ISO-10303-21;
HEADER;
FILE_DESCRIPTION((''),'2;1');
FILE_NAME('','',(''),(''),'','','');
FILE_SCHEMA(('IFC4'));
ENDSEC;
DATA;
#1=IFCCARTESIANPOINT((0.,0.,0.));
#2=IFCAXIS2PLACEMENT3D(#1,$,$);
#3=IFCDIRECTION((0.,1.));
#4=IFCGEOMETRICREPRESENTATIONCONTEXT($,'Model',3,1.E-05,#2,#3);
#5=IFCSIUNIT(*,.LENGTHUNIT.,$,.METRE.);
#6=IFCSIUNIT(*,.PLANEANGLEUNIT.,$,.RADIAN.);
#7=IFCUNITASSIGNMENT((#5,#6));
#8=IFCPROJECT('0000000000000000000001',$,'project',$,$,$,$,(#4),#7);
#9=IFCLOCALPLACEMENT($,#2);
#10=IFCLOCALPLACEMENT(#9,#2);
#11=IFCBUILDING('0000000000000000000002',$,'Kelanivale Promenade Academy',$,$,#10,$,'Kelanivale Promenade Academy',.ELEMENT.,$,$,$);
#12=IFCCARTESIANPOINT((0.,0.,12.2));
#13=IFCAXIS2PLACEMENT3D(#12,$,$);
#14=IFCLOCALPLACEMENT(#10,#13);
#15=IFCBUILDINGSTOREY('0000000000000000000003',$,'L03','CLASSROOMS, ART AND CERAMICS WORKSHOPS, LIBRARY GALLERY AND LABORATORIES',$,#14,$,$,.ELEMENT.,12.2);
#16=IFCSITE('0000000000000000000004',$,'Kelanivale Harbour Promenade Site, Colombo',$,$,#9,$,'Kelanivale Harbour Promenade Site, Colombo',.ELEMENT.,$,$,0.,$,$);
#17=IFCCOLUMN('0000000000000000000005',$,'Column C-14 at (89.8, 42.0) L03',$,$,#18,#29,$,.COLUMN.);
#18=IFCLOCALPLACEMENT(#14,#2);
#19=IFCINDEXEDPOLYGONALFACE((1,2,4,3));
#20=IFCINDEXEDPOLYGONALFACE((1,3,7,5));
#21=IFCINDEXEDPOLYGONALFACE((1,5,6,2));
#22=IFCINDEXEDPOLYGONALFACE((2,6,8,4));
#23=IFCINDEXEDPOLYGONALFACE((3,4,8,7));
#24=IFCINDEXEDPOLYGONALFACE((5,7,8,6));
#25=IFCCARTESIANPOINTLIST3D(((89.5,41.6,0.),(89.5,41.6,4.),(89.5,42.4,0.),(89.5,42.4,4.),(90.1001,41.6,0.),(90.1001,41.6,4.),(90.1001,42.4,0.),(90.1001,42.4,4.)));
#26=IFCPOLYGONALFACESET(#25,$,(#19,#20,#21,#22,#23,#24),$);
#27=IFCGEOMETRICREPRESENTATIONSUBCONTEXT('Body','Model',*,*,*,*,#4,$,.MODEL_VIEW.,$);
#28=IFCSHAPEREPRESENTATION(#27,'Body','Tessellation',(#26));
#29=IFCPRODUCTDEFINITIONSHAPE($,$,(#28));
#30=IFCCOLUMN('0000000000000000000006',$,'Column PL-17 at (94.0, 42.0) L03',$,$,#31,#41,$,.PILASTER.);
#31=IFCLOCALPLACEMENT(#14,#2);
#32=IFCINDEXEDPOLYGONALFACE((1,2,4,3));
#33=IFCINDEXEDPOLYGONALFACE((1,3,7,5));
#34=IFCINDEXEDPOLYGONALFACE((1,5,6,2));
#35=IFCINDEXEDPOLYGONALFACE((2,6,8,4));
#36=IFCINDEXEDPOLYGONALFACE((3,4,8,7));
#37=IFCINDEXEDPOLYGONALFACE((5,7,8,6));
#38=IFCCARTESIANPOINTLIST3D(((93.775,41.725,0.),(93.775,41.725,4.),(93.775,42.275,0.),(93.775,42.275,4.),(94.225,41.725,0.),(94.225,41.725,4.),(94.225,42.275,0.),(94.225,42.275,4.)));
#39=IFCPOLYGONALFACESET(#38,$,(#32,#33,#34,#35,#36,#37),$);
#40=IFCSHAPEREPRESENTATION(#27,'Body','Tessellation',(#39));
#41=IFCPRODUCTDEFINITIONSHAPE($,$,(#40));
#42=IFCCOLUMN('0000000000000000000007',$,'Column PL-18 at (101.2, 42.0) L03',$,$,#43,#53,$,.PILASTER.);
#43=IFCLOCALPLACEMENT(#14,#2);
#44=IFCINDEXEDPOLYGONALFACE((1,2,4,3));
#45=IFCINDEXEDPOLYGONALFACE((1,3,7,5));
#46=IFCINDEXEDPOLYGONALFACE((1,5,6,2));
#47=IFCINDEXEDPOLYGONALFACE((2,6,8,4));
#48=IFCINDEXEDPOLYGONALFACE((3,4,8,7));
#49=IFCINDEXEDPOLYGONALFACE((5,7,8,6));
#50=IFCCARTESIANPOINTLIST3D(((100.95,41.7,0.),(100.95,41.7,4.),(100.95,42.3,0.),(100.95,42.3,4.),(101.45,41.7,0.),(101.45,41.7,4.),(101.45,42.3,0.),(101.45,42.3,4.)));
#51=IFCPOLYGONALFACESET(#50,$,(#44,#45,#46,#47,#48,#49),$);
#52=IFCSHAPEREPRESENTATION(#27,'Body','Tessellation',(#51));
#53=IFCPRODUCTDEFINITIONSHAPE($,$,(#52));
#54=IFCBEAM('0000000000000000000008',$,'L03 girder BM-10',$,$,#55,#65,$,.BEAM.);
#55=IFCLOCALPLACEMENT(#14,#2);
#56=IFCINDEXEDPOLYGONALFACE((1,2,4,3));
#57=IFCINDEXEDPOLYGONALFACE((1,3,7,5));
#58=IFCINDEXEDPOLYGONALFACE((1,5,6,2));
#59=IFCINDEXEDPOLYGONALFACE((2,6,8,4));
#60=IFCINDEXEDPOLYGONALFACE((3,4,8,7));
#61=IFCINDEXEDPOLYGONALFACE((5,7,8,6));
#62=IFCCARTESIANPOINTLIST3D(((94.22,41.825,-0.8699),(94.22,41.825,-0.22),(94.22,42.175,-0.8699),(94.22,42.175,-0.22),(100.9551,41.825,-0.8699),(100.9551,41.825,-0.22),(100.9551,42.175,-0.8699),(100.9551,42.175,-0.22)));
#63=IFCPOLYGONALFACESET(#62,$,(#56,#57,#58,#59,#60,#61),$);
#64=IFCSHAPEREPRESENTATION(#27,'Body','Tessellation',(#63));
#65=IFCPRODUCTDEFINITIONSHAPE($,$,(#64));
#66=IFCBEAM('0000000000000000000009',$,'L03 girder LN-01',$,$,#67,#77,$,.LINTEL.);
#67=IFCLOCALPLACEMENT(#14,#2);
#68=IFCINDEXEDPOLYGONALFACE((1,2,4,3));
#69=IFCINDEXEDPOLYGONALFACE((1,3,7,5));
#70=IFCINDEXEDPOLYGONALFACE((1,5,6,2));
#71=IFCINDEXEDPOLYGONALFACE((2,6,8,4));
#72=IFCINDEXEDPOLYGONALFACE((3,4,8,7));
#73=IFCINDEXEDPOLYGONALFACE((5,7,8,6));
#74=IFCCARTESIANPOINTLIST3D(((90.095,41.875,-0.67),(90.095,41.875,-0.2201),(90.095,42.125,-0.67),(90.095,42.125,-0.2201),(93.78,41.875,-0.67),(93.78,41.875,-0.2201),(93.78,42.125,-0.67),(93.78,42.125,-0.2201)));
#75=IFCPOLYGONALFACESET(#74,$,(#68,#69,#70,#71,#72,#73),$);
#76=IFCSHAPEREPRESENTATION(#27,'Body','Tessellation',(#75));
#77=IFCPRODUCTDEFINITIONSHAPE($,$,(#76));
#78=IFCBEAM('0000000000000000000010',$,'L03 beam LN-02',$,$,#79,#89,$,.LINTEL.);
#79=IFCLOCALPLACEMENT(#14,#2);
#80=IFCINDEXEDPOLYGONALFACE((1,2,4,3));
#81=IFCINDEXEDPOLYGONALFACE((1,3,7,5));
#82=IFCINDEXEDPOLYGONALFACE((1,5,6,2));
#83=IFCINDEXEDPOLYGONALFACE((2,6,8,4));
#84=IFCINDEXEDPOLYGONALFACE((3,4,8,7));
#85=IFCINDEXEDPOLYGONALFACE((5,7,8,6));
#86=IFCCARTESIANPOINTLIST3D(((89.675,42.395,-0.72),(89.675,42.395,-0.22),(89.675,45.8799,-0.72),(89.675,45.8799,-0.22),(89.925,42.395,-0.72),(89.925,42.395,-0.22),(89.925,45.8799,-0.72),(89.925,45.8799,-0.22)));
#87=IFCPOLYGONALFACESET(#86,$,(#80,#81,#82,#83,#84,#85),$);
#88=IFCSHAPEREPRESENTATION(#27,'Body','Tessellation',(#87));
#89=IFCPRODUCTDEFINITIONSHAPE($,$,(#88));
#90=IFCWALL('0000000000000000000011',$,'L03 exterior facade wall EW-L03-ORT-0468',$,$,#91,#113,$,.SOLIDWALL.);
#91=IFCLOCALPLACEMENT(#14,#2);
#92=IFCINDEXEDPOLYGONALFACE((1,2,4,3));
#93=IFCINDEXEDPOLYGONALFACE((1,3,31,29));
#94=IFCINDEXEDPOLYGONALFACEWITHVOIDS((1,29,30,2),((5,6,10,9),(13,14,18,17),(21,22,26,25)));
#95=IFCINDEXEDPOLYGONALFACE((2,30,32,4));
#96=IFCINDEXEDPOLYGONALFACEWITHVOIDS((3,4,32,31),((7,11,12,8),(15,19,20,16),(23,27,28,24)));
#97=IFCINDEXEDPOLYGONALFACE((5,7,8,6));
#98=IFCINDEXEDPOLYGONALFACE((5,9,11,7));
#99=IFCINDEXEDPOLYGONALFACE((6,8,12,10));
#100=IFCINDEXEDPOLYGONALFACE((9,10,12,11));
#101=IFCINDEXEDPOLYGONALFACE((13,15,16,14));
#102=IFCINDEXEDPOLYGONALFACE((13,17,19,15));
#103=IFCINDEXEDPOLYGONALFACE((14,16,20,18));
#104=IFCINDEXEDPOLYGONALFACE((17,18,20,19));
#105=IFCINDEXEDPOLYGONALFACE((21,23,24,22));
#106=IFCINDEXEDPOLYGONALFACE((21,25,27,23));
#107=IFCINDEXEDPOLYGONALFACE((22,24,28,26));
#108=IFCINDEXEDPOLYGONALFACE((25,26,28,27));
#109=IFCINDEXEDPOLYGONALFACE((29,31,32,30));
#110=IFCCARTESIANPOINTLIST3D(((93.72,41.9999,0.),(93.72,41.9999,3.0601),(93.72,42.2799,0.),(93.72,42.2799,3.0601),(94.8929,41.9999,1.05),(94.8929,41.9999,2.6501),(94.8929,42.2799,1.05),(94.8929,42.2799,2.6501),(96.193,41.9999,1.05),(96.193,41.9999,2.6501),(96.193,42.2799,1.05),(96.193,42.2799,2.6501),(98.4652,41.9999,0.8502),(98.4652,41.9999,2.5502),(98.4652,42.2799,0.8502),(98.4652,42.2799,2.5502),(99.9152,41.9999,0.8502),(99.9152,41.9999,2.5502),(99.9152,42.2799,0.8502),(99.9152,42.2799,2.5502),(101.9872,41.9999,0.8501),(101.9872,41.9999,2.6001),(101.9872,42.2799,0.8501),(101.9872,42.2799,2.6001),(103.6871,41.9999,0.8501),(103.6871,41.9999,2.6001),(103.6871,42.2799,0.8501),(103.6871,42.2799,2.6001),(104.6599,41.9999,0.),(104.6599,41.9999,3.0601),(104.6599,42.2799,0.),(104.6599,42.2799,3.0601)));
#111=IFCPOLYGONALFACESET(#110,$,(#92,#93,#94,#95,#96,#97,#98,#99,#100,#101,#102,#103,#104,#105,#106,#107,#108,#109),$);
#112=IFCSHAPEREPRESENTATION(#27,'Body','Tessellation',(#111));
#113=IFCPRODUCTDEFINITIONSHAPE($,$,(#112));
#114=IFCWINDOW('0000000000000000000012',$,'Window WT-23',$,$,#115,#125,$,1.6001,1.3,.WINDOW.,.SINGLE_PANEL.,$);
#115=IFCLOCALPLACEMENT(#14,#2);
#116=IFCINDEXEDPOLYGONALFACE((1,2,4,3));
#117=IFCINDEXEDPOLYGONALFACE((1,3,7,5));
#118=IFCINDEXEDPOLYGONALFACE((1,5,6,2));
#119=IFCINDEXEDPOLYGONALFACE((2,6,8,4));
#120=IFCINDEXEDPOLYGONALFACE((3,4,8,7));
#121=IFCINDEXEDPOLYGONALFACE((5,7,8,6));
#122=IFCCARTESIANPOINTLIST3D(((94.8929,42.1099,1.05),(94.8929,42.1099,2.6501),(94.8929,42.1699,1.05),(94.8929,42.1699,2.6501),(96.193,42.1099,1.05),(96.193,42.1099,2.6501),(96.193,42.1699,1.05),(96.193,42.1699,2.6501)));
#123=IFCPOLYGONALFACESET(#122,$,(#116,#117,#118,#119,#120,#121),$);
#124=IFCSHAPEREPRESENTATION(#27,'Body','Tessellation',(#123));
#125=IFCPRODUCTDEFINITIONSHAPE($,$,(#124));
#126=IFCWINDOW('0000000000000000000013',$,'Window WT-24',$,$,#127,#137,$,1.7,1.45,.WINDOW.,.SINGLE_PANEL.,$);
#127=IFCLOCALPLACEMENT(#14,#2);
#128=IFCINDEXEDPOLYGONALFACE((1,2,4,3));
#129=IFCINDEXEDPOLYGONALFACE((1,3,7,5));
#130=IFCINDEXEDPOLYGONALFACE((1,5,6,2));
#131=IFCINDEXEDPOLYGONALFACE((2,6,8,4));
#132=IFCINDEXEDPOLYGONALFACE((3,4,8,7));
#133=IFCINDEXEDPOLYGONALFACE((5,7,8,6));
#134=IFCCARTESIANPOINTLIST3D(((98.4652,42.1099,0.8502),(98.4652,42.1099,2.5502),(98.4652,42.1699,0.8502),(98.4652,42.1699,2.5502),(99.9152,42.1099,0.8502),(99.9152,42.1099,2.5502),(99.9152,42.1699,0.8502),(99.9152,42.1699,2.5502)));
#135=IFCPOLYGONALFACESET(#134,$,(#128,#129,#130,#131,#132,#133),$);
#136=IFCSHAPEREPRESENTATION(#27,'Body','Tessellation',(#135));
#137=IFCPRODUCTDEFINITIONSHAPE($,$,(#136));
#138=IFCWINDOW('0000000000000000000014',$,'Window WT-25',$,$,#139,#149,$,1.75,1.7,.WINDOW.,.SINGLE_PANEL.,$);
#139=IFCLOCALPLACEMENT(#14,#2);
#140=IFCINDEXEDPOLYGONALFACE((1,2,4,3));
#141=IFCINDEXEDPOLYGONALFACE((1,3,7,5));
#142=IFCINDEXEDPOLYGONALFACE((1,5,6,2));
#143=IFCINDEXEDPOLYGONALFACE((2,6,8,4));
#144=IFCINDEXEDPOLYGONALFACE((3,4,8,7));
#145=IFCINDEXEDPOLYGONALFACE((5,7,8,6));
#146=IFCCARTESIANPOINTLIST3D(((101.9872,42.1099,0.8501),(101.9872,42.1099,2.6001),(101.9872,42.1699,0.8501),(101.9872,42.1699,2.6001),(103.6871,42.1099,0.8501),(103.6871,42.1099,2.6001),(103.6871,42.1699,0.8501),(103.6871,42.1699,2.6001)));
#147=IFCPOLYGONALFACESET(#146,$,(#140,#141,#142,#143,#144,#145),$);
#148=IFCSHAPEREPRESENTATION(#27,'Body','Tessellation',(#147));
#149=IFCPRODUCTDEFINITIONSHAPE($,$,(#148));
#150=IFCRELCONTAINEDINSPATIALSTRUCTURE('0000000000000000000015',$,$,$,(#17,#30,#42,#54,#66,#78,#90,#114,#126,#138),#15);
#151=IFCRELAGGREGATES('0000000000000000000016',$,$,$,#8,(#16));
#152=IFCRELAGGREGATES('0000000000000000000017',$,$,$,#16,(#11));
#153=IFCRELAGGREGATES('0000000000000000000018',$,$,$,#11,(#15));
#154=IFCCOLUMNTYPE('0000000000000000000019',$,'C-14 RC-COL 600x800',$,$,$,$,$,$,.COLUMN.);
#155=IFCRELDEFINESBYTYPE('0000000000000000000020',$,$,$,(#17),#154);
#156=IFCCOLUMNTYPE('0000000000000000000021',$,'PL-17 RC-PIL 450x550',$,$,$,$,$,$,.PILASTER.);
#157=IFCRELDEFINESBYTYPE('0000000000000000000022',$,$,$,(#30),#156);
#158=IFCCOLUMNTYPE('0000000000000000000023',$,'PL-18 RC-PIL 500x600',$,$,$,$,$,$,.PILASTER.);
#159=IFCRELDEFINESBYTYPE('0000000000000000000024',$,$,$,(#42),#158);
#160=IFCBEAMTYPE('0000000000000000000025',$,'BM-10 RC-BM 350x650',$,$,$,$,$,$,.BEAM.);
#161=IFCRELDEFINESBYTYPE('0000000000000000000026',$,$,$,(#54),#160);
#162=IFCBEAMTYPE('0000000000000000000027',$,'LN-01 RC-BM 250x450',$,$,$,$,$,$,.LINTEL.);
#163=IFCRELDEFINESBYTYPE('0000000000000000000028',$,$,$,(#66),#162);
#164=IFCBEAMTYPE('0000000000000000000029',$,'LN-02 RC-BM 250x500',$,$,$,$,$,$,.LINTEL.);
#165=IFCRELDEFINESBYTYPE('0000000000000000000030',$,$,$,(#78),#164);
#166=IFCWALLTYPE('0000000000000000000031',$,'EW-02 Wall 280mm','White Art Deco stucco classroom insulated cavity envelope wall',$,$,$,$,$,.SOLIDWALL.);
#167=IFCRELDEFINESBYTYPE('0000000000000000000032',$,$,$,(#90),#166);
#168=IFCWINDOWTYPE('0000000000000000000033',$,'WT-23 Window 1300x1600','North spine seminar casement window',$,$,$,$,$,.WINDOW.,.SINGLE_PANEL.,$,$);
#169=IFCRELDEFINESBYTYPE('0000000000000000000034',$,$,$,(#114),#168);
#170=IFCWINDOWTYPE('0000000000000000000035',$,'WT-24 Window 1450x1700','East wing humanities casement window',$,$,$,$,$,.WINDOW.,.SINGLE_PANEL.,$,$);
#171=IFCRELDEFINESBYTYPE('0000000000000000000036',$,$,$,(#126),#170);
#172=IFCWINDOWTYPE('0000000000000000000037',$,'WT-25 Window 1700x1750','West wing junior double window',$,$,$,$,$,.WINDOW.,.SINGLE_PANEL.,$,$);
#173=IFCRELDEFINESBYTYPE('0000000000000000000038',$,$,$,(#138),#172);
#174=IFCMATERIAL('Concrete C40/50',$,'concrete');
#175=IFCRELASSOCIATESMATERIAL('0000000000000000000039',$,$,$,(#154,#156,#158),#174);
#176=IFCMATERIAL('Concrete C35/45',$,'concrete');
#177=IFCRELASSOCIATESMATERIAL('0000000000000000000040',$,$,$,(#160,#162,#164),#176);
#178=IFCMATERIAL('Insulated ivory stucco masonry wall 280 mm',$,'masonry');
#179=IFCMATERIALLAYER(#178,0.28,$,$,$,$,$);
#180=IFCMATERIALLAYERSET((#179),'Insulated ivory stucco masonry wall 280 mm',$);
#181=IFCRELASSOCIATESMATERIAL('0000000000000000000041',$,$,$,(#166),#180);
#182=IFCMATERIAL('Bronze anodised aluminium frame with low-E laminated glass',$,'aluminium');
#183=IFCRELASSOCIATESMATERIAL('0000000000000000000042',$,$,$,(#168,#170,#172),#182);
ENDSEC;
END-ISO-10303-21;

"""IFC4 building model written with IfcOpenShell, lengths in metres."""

from ifc_helpers import new_model, si_unit, direction, frame, frame_2d, origin, origin_2d, place, context, subcontext, project, spatial, rectangle, extrude, material, layer, layer_set, material_profile, profile_set, type_object, element, fill, save


model = new_model("IFC4")

# Units and contexts
model_context = context("Model", 3, precision=1e-05, world=origin(), true_north=direction((0.0, 1.0)))
body_context = subcontext(model_context, "Body", "Model", "MODEL_VIEW")
ifc_project = project(units=[si_unit("LENGTHUNIT", "METRE"), si_unit("PLANEANGLEUNIT", "RADIAN")], contexts=[model_context])

# Site, building, storey
site_placement = place(None, origin())
site = spatial("IfcSite", under=ifc_project, at=site_placement, Name="Kelanivale Harbour Promenade Site, Colombo", LongName="Kelanivale Harbour Promenade Site, Colombo", CompositionType="ELEMENT", RefElevation=0.0)
building_placement = place(site_placement, origin())
building = spatial("IfcBuilding", under=site, at=building_placement, Name="Kelanivale Promenade Academy", LongName="Kelanivale Promenade Academy", CompositionType="ELEMENT")
storey_placement = place(building_placement, frame((0.0, 0.0, 12.2)))
storey = spatial("IfcBuildingStorey", under=building, at=storey_placement, Name="L03", Description="CLASSROOMS, ART AND CERAMICS WORKSHOPS, LIBRARY GALLERY AND LABORATORIES", CompositionType="ELEMENT", Elevation=12.2)

# Columns
ifc_material_1 = material(Name="Concrete C40/50", Category="concrete")
ifc_material_profile_1 = material_profile(ifc_material_1, rectangle(XDim=0.6001, YDim=0.8, at=origin_2d()), Name="RC-COL 600x800")
ifc_profile_set_1 = profile_set([ifc_material_profile_1], Name="Concrete C40/50")
column_type_1 = type_object("IfcColumnType", Name="C-14 RC-COL 600x800", PredefinedType="COLUMN", material=ifc_profile_set_1)
column_1_placement = place(storey_placement, frame((89.8, 42.0, 0.0), z_axis=(0.0, 0.0, 1.0), x_axis=(1.0, 0.0, 0.0)))
element("IfcColumn", 1, at=column_1_placement, inside=storey, type_object=column_type_1, Name="Column C-14 at (89.8, 42.0) L03", PredefinedType="COLUMN", context=body_context, shape_type="SweptSolid", body=[
    extrude(rectangle(XDim=0.6001, YDim=0.8, at=origin_2d()), origin(), (0.0, 0.0, 1.0), 4.0),
])
ifc_material_profile_2 = material_profile(ifc_material_1, rectangle(XDim=0.45, YDim=0.55, at=origin_2d()), Name="RC-PIL 450x550")
ifc_profile_set_2 = profile_set([ifc_material_profile_2], Name="Concrete C40/50")
column_type_2 = type_object("IfcColumnType", Name="PL-17 RC-PIL 450x550", PredefinedType="PILASTER", material=ifc_profile_set_2)
column_2_placement = place(storey_placement, frame((94.0, 42.0, 0.0), z_axis=(0.0, 0.0, 1.0), x_axis=(1.0, 0.0, 0.0)))
element("IfcColumn", 2, at=column_2_placement, inside=storey, type_object=column_type_2, Name="Column PL-17 at (94.0, 42.0) L03", PredefinedType="PILASTER", context=body_context, shape_type="SweptSolid", body=[
    extrude(rectangle(XDim=0.45, YDim=0.55, at=origin_2d()), origin(), (0.0, 0.0, 1.0), 4.0),
])
ifc_material_profile_3 = material_profile(ifc_material_1, rectangle(XDim=0.5, YDim=0.6001, at=origin_2d()), Name="RC-PIL 500x600")
ifc_profile_set_3 = profile_set([ifc_material_profile_3], Name="Concrete C40/50")
column_type_3 = type_object("IfcColumnType", Name="PL-18 RC-PIL 500x600", PredefinedType="PILASTER", material=ifc_profile_set_3)
column_3_placement = place(storey_placement, frame((101.2, 42.0, 0.0), z_axis=(0.0, 0.0, 1.0), x_axis=(1.0, 0.0, 0.0)))
element("IfcColumn", 3, at=column_3_placement, inside=storey, type_object=column_type_3, Name="Column PL-18 at (101.2, 42.0) L03", PredefinedType="PILASTER", context=body_context, shape_type="SweptSolid", body=[
    extrude(rectangle(XDim=0.5, YDim=0.6001, at=origin_2d()), origin(), (0.0, 0.0, 1.0), 4.0),
])

# Beams
ifc_material_2 = material(Name="Concrete C35/45", Category="concrete")
ifc_material_profile_4 = material_profile(ifc_material_2, rectangle(XDim=0.3501, YDim=0.6499, at=origin_2d()), Name="RC-BM 350x650")
ifc_profile_set_4 = profile_set([ifc_material_profile_4], Name="Concrete C35/45")
beam_type_1 = type_object("IfcBeamType", Name="BM-10 RC-BM 350x650", PredefinedType="BEAM", material=ifc_profile_set_4)
beam_1_placement = place(storey_placement, frame((94.22, 42.0, -0.5449), z_axis=(1.0, 0.0, 0.0), x_axis=(0.0, 1.0, 0.0)))
element("IfcBeam", 4, at=beam_1_placement, inside=storey, type_object=beam_type_1, Name="L03 girder BM-10", PredefinedType="BEAM", context=body_context, shape_type="SweptSolid", body=[
    extrude(rectangle(XDim=0.3501, YDim=0.6499, at=origin_2d()), origin(), (0.0, 0.0, 1.0), 6.7351),
])
ifc_material_profile_5 = material_profile(ifc_material_2, rectangle(XDim=0.25, YDim=0.45, at=origin_2d()), Name="RC-BM 250x450")
ifc_profile_set_5 = profile_set([ifc_material_profile_5], Name="Concrete C35/45")
beam_type_2 = type_object("IfcBeamType", Name="LN-01 RC-BM 250x450", PredefinedType="LINTEL", material=ifc_profile_set_5)
beam_2_placement = place(storey_placement, frame((90.095, 42.0, -0.4451), z_axis=(1.0, 0.0, 0.0), x_axis=(0.0, 1.0, 0.0)))
element("IfcBeam", 5, at=beam_2_placement, inside=storey, type_object=beam_type_2, Name="L03 girder LN-01", PredefinedType="LINTEL", context=body_context, shape_type="SweptSolid", body=[
    extrude(rectangle(XDim=0.25, YDim=0.45, at=origin_2d()), origin(), (0.0, 0.0, 1.0), 3.6851),
])
ifc_material_profile_6 = material_profile(ifc_material_2, rectangle(XDim=0.25, YDim=0.5, at=origin_2d()), Name="RC-BM 250x500")
ifc_profile_set_6 = profile_set([ifc_material_profile_6], Name="Concrete C35/45")
beam_type_3 = type_object("IfcBeamType", Name="LN-02 RC-BM 250x500", PredefinedType="LINTEL", material=ifc_profile_set_6)
beam_3_placement = place(storey_placement, frame((89.8, 42.395, -0.47), z_axis=(0.0, 1.0, 0.0), x_axis=(-1.0, 0.0, 0.0)))
element("IfcBeam", 6, at=beam_3_placement, inside=storey, type_object=beam_type_3, Name="L03 beam LN-02", PredefinedType="LINTEL", context=body_context, shape_type="SweptSolid", body=[
    extrude(rectangle(XDim=0.25, YDim=0.5, at=origin_2d()), origin(), (0.0, 0.0, 1.0), 3.4849),
])

# Wall, openings, windows
ifc_material_3 = material(Name="Insulated ivory stucco masonry wall 280 mm", Category="masonry")
ifc_layer_1 = layer(ifc_material_3, 0.28)
ifc_layer_set_1 = layer_set([ifc_layer_1], Name="Insulated ivory stucco masonry wall 280 mm")
wall_type_1 = type_object("IfcWallType", Name="EW-02 Wall 280mm", Description="White Art Deco stucco classroom insulated cavity envelope wall", PredefinedType="SOLIDWALL", material=ifc_layer_set_1)
wall_1_placement = place(storey_placement, frame((93.72, 42.1399, 0.0), z_axis=(0.0, 0.0, 1.0), x_axis=(1.0, 0.0, 0.0)))
wall_1 = element("IfcWall", 7, at=wall_1_placement, inside=storey, type_object=wall_type_1, Name="L03 exterior facade wall EW-L03-ORT-0468", PredefinedType="SOLIDWALL", context=body_context, shape_type="SweptSolid", body=[
    extrude(rectangle(XDim=10.9399, YDim=0.28, at=frame_2d((5.47, 0.0))), origin(), (0.0, 0.0, 1.0), 3.0601),
])
opening_1_placement = place(wall_1_placement, frame((1.1731, 0.0, 1.05)))
opening_1 = element("IfcOpeningElement", 8, at=opening_1_placement, cuts=wall_1, PredefinedType="OPENING", context=body_context, shape_type="SweptSolid", body=[
    extrude(rectangle(XDim=1.3, YDim=1.6001, at=frame_2d((0.6499, 0.8))), frame((0.0, 0.1499, 0.0), z_axis=(0.0, -1.0, 0.0), x_axis=(1.0, 0.0, 0.0)), (0.0, 0.0, 1.0), 0.3),
])
opening_2_placement = place(wall_1_placement, frame((4.7451, 0.0, 0.8501)))
opening_2 = element("IfcOpeningElement", 9, at=opening_2_placement, cuts=wall_1, PredefinedType="OPENING", context=body_context, shape_type="SweptSolid", body=[
    extrude(rectangle(XDim=1.45, YDim=1.7, at=frame_2d((0.7251, 0.8501))), frame((0.0, 0.1499, 0.0), z_axis=(0.0, -1.0, 0.0), x_axis=(1.0, 0.0, 0.0)), (0.0, 0.0, 1.0), 0.3),
])
opening_3_placement = place(wall_1_placement, frame((8.2671, 0.0, 0.8501)))
opening_3 = element("IfcOpeningElement", 10, at=opening_3_placement, cuts=wall_1, PredefinedType="OPENING", context=body_context, shape_type="SweptSolid", body=[
    extrude(rectangle(XDim=1.7, YDim=1.75, at=frame_2d((0.8501, 0.875))), frame((0.0, 0.1499, 0.0), z_axis=(0.0, -1.0, 0.0), x_axis=(1.0, 0.0, 0.0)), (0.0, 0.0, 1.0), 0.3),
])
ifc_material_4 = material(Name="Bronze anodised aluminium frame with low-E laminated glass", Category="aluminium")
window_type_1 = type_object("IfcWindowType", Name="WT-23 Window 1300x1600", Description="North spine seminar casement window", PartitioningType="SINGLE_PANEL", PredefinedType="WINDOW", material=ifc_material_4)
window_1_placement = place(opening_1_placement, origin())
window_1 = element("IfcWindow", 11, at=window_1_placement, inside=storey, type_object=window_type_1, Name="Window WT-23", OverallHeight=1.6001, OverallWidth=1.3, PartitioningType="SINGLE_PANEL", PredefinedType="WINDOW", context=body_context, shape_type="SweptSolid", body=[
    extrude(rectangle(XDim=1.3, YDim=1.6001, at=frame_2d((0.6499, 0.8))), frame((0.0, 0.03, 0.0), z_axis=(0.0, -1.0, 0.0), x_axis=(1.0, 0.0, 0.0)), (0.0, 0.0, 1.0), 0.0601),
])
fill(opening_1, window_1)
window_type_2 = type_object("IfcWindowType", Name="WT-24 Window 1450x1700", Description="East wing humanities casement window", PartitioningType="SINGLE_PANEL", PredefinedType="WINDOW", material=ifc_material_4)
window_2_placement = place(opening_2_placement, origin())
window_2 = element("IfcWindow", 12, at=window_2_placement, inside=storey, type_object=window_type_2, Name="Window WT-24", OverallHeight=1.7, OverallWidth=1.45, PartitioningType="SINGLE_PANEL", PredefinedType="WINDOW", context=body_context, shape_type="SweptSolid", body=[
    extrude(rectangle(XDim=1.45, YDim=1.7, at=frame_2d((0.7251, 0.8501))), frame((0.0, 0.03, 0.0), z_axis=(0.0, -1.0, 0.0), x_axis=(1.0, 0.0, 0.0)), (0.0, 0.0, 1.0), 0.0601),
])
fill(opening_2, window_2)
window_type_3 = type_object("IfcWindowType", Name="WT-25 Window 1700x1750", Description="West wing junior double window", PartitioningType="SINGLE_PANEL", PredefinedType="WINDOW", material=ifc_material_4)
window_3_placement = place(opening_3_placement, origin())
window_3 = element("IfcWindow", 13, at=window_3_placement, inside=storey, type_object=window_type_3, Name="Window WT-25", OverallHeight=1.75, OverallWidth=1.7, PartitioningType="SINGLE_PANEL", PredefinedType="WINDOW", context=body_context, shape_type="SweptSolid", body=[
    extrude(rectangle(XDim=1.7, YDim=1.75, at=frame_2d((0.8501, 0.875))), frame((0.0, 0.03, 0.0), z_axis=(0.0, -1.0, 0.0), x_axis=(1.0, 0.0, 0.0)), (0.0, 0.0, 1.0), 0.0601),
])
fill(opening_3, window_3)

save(model, "model.ifc")
